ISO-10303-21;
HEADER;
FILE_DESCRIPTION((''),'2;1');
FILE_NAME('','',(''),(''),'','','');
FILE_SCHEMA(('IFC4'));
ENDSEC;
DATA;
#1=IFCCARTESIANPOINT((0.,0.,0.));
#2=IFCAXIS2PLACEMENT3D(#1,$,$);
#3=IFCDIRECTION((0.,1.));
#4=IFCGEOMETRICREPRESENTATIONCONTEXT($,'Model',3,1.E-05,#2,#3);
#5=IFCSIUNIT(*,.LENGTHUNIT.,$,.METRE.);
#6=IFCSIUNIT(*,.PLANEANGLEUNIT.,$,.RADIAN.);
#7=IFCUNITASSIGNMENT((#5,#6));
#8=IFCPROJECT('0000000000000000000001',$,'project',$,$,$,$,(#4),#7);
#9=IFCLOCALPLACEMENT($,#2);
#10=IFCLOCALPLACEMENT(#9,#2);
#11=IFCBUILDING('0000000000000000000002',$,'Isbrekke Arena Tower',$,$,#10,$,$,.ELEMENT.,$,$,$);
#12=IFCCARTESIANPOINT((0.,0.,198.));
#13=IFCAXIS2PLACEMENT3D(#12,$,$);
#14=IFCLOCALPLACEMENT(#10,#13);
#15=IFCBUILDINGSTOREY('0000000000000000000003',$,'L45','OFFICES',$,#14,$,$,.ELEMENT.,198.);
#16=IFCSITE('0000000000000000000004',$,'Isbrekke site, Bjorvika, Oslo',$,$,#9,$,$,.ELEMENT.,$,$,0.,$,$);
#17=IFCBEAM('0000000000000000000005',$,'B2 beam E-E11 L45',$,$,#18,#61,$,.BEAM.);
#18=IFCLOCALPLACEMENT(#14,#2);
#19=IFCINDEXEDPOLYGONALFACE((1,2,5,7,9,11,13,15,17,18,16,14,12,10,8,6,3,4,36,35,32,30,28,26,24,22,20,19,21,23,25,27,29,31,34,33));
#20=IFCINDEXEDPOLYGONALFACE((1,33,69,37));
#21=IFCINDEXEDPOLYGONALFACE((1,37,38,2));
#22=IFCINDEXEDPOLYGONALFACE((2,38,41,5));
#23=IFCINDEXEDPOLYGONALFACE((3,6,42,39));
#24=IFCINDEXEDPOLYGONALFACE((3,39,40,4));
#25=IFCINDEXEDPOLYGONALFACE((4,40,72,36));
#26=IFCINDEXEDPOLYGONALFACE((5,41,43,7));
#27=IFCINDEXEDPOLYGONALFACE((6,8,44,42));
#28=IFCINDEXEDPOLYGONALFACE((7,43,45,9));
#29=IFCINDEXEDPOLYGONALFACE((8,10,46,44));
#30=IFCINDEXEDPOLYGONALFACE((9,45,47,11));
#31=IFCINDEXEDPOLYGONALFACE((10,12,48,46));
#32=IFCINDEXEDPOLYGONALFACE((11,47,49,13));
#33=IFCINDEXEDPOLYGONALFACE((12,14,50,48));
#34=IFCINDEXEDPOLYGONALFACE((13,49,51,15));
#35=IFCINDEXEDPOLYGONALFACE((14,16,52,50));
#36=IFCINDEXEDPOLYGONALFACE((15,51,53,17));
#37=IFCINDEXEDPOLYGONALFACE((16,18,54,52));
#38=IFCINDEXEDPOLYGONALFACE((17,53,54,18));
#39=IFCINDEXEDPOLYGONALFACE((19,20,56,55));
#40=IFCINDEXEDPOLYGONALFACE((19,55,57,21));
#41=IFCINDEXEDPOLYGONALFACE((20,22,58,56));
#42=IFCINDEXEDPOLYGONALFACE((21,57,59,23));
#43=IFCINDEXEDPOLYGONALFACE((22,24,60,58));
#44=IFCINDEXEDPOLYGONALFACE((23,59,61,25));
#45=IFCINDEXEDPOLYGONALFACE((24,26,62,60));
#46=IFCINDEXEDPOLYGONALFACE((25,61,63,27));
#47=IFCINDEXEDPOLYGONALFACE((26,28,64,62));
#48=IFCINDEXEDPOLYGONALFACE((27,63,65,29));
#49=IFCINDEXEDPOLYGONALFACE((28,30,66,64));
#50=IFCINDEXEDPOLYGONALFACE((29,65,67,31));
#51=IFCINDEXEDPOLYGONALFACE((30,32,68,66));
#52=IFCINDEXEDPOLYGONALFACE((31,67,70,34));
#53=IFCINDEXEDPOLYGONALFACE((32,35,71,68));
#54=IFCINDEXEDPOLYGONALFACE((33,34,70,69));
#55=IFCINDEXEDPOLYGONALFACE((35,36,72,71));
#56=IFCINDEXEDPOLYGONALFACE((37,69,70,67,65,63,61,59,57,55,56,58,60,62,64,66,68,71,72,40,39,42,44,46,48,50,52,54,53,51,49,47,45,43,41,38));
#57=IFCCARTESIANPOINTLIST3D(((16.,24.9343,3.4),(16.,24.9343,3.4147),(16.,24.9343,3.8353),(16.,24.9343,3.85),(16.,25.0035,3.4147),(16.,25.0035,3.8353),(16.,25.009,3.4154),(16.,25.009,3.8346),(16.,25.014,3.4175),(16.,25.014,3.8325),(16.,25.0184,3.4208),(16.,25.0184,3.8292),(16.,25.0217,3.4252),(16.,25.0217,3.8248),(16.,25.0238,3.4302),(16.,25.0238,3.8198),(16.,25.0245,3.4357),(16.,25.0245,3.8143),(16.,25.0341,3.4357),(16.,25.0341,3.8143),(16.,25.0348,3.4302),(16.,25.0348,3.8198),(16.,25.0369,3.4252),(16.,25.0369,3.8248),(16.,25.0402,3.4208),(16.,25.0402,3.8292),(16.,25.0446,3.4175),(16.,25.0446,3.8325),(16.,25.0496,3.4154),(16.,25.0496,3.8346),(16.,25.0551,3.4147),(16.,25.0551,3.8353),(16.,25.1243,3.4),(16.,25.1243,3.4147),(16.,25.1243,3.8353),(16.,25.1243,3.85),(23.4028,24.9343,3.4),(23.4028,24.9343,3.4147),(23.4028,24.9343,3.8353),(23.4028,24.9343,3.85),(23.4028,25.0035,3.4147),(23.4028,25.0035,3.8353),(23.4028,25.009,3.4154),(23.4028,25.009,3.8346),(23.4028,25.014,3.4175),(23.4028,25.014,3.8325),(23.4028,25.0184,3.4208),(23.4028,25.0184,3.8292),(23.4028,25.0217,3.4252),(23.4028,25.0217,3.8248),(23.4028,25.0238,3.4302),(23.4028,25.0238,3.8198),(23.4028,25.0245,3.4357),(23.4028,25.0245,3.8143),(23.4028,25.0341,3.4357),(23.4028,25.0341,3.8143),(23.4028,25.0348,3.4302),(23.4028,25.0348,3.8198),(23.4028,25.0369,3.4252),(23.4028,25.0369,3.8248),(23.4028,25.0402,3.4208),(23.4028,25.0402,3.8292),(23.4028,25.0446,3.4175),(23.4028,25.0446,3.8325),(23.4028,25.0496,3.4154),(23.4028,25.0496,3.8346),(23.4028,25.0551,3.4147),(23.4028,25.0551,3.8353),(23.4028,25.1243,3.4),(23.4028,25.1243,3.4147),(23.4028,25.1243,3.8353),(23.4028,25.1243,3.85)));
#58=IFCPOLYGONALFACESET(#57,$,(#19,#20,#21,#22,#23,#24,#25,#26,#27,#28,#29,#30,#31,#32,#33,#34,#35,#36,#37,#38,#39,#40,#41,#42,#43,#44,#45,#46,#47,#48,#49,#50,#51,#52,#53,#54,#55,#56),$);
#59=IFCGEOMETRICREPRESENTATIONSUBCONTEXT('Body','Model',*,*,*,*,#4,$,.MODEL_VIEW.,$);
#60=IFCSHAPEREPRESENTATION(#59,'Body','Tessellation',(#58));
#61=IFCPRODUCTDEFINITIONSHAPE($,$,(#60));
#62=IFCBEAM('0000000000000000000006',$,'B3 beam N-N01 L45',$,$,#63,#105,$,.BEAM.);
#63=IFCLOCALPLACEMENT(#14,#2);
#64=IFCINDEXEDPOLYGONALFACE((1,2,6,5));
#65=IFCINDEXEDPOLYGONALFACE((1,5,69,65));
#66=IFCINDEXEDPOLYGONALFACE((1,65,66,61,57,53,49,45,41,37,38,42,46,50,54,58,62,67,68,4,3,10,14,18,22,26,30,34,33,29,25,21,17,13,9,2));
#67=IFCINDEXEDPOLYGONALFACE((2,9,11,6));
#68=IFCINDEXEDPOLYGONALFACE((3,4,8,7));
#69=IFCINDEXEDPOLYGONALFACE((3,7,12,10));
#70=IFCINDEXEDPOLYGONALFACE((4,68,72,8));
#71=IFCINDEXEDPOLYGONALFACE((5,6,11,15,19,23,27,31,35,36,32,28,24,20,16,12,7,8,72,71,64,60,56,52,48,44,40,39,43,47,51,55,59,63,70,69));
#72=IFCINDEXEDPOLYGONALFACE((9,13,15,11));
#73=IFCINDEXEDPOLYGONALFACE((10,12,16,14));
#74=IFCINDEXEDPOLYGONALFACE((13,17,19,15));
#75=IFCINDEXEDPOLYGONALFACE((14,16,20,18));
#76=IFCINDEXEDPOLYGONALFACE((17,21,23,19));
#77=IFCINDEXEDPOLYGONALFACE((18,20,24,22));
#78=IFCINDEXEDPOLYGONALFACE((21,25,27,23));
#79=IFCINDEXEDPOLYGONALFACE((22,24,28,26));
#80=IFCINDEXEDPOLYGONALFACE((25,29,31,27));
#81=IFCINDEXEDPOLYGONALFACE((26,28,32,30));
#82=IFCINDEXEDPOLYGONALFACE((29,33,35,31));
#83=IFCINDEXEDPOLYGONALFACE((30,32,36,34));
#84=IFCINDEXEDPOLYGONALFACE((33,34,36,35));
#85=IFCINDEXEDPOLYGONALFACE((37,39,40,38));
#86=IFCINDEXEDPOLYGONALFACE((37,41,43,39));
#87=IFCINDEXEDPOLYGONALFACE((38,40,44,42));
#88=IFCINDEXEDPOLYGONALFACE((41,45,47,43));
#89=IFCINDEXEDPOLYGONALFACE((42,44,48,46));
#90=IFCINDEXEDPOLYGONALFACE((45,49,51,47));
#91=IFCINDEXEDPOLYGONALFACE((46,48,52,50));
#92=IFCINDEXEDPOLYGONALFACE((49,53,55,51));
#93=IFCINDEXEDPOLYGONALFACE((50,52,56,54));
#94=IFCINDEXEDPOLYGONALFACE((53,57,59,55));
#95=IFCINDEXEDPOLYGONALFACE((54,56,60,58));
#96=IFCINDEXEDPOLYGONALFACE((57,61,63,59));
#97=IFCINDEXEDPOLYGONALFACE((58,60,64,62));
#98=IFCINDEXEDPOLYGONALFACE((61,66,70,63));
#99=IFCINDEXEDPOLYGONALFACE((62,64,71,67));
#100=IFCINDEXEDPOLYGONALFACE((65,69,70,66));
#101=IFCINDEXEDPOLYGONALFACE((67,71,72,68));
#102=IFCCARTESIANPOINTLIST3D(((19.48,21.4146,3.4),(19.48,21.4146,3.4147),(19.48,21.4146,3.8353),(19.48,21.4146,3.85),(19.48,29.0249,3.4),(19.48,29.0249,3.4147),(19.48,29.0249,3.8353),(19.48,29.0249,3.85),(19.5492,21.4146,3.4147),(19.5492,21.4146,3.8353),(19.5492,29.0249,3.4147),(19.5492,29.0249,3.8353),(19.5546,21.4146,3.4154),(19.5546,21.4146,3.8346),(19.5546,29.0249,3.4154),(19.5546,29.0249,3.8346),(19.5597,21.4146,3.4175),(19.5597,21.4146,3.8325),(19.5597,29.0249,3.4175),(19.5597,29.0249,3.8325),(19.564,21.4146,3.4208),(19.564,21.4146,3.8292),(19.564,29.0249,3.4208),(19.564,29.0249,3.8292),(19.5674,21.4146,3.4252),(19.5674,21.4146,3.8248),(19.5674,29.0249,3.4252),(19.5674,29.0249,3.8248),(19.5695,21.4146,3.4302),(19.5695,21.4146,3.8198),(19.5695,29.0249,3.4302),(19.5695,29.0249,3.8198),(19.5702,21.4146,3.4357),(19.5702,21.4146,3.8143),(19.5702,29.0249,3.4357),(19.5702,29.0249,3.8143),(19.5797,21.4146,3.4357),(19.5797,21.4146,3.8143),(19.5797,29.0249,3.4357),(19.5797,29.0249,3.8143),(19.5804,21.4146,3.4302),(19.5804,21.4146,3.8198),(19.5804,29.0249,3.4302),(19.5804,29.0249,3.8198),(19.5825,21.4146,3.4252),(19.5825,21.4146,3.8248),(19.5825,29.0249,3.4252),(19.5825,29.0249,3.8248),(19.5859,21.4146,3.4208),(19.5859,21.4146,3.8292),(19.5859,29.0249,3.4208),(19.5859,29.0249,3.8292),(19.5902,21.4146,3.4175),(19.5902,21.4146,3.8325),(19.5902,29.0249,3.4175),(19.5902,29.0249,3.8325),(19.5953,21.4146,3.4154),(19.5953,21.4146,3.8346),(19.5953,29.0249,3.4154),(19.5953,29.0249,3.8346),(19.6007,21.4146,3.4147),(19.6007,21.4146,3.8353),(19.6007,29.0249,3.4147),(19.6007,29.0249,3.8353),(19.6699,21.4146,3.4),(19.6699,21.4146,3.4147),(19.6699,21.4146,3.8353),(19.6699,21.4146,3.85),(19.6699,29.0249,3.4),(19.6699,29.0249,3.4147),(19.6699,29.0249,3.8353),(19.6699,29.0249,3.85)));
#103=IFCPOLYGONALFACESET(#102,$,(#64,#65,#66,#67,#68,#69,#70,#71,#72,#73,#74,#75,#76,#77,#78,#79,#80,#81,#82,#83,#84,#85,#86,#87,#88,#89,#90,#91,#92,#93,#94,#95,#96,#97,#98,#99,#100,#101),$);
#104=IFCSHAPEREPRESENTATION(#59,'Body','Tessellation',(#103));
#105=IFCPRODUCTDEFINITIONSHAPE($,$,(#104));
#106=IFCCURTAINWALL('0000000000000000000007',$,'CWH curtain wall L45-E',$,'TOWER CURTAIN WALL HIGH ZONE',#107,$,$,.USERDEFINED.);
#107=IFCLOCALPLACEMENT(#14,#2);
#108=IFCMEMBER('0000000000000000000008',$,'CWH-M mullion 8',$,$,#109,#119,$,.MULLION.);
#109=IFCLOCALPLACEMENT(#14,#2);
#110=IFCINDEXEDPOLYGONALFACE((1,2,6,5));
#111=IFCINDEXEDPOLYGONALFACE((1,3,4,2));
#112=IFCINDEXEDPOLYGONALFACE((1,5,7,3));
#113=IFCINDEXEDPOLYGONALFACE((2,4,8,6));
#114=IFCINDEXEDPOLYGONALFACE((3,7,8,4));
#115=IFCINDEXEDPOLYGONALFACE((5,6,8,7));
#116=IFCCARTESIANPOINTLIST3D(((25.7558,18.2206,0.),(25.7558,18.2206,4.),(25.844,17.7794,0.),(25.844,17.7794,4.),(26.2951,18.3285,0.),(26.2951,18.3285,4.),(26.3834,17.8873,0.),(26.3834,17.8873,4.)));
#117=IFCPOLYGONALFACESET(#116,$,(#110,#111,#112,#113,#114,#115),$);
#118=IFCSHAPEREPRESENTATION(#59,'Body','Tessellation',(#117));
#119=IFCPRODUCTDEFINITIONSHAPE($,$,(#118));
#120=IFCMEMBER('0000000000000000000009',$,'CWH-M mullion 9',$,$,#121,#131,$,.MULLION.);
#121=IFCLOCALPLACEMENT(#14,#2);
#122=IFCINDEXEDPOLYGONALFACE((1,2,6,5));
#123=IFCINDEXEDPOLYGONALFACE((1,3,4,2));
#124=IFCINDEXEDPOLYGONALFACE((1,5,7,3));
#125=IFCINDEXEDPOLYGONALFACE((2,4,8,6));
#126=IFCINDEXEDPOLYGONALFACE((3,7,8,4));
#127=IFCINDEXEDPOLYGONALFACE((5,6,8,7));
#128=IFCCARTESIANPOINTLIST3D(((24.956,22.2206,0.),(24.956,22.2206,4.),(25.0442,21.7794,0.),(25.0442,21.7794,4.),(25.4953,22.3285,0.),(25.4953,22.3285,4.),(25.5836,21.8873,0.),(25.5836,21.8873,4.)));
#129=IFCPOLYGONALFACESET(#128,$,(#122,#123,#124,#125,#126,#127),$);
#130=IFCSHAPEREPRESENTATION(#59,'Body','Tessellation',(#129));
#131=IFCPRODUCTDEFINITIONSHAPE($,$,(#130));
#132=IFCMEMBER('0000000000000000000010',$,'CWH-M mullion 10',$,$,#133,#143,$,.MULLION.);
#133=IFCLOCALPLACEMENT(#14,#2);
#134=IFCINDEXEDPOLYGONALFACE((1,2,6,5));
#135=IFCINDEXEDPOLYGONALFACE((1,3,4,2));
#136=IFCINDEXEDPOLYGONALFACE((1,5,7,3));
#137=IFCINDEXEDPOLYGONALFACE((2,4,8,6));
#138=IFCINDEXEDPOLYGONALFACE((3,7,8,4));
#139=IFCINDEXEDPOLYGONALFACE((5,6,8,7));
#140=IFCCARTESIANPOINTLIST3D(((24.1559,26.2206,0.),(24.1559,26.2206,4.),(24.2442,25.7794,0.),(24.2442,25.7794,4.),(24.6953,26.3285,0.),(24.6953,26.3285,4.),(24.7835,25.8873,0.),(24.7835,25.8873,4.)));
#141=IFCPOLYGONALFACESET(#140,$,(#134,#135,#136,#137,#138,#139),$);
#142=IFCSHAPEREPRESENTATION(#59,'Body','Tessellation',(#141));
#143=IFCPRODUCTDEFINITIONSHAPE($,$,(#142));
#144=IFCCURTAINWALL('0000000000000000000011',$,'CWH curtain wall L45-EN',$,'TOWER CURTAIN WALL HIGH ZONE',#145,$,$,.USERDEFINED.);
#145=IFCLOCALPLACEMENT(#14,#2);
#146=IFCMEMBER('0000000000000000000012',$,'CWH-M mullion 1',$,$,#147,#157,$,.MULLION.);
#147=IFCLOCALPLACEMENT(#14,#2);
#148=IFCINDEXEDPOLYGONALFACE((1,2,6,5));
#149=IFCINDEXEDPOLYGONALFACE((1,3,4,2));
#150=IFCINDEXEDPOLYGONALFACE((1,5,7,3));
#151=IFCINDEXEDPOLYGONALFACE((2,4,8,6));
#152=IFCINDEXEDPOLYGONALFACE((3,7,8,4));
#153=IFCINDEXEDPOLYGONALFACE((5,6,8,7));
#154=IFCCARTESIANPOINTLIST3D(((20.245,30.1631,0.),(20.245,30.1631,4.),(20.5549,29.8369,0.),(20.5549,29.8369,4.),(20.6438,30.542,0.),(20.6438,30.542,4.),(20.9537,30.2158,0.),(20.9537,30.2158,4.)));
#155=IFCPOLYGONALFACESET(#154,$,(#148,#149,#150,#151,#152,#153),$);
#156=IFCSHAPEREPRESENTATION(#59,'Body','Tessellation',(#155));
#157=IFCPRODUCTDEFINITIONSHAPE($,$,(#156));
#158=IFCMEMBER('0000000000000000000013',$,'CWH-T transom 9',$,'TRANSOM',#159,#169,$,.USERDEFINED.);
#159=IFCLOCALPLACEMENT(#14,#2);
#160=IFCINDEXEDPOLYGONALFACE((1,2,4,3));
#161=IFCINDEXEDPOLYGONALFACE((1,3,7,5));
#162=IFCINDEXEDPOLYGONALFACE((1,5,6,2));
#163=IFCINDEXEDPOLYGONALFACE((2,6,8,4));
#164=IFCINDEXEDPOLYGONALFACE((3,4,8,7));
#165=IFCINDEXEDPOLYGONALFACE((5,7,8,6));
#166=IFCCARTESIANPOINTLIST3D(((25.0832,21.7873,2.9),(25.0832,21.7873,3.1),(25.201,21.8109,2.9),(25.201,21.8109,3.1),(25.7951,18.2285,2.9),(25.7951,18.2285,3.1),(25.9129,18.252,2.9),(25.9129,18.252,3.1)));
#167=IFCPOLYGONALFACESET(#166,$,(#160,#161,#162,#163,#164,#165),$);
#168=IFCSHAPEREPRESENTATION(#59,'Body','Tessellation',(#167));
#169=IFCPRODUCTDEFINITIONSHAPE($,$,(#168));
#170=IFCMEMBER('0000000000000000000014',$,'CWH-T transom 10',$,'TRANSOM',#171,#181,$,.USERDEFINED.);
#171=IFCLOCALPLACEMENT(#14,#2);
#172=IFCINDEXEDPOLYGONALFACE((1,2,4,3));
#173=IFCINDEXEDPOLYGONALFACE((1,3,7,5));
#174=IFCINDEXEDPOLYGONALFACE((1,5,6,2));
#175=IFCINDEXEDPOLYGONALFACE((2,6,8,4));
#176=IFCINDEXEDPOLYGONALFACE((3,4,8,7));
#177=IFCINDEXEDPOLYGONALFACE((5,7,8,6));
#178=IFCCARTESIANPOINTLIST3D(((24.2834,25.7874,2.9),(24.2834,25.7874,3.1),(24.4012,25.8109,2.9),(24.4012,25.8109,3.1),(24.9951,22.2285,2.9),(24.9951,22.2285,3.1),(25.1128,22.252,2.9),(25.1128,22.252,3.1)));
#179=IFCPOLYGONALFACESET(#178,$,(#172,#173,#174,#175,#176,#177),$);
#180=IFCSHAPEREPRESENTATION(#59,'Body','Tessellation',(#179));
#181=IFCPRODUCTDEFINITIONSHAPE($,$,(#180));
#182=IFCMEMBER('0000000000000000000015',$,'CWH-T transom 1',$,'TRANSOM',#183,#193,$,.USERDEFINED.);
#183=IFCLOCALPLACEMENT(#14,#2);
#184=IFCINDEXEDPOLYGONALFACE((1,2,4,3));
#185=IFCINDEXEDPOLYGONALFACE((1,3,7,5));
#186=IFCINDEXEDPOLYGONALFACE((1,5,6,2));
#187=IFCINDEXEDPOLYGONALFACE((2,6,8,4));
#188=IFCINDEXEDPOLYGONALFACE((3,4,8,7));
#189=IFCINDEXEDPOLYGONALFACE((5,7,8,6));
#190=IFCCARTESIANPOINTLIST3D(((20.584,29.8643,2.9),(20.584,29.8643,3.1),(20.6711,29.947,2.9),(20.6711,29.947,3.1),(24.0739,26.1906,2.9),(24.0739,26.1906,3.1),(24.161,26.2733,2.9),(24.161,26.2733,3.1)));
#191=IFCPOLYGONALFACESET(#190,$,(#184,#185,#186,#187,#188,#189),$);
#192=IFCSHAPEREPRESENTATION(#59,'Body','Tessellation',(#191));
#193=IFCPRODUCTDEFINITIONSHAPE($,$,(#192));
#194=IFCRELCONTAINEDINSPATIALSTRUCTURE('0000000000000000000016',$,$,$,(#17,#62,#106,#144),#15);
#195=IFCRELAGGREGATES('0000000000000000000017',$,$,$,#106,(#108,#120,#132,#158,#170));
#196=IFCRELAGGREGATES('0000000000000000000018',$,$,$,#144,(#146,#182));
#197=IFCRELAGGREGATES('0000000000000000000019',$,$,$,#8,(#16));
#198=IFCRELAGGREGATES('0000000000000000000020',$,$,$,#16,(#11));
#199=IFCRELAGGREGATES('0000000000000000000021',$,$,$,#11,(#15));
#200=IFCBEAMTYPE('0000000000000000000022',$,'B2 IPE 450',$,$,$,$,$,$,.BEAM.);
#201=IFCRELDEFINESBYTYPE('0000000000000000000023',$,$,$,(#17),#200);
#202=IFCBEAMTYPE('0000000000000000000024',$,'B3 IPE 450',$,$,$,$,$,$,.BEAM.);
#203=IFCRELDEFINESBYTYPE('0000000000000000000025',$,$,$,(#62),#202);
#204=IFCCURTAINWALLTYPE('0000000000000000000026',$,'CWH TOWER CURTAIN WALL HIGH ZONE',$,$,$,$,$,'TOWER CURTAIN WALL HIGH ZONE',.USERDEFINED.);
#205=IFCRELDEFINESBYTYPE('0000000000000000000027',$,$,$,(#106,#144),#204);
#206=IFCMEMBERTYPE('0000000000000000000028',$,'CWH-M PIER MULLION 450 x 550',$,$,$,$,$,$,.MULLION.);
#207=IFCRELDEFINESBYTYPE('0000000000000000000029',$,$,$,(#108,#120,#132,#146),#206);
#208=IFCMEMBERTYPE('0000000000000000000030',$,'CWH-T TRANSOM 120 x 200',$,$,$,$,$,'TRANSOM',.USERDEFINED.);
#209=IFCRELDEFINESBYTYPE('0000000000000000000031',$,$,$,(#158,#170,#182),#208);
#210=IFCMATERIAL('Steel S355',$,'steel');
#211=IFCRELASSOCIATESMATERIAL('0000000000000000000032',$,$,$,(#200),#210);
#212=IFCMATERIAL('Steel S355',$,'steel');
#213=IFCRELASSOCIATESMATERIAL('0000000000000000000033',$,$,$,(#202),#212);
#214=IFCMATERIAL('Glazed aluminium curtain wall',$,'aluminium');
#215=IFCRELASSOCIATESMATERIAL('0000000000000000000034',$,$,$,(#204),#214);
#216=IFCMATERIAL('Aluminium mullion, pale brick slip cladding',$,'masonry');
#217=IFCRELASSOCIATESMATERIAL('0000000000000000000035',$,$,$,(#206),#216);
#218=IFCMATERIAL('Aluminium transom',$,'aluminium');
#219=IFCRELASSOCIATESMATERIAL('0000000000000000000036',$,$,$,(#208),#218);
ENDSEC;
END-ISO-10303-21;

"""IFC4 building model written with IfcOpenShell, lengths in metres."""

from ifc_helpers import new_model, si_unit, direction, frame, origin, origin_2d, place, context, subcontext, project, spatial, rectangle, i_section, extrude, material, material_profile, profile_set, type_object, element, aggregate, save


model = new_model("IFC4")

# Units and contexts
model_context = context("Model", 3, precision=1e-05, world=origin(), true_north=direction((0.0, 1.0)))
body_context = subcontext(model_context, "Body", "Model", "MODEL_VIEW")
ifc_project = project(units=[si_unit("LENGTHUNIT", "METRE"), si_unit("PLANEANGLEUNIT", "RADIAN")], contexts=[model_context])

# Site, building, storey
site_placement = place(None, origin())
site = spatial("IfcSite", under=ifc_project, at=site_placement, Name="Isbrekke site, Bjorvika, Oslo", CompositionType="ELEMENT", RefElevation=0.0)
building_placement = place(site_placement, origin())
building = spatial("IfcBuilding", under=site, at=building_placement, Name="Isbrekke Arena Tower", CompositionType="ELEMENT")
storey_placement = place(building_placement, frame((0.0, 0.0, 198.0)))
storey = spatial("IfcBuildingStorey", under=building, at=storey_placement, Name="L45", Description="OFFICES", CompositionType="ELEMENT", Elevation=198.0)

# Beams
ifc_material_1 = material(Name="Steel S355", Category="steel")
ifc_material_profile_1 = material_profile(ifc_material_1, i_section(OverallWidth=0.1899, OverallDepth=0.45, WebThickness=0.0095, FlangeThickness=0.0146, FilletRadius=0.021, at=origin_2d()), Name="IPE 450")
ifc_profile_set_1 = profile_set([ifc_material_profile_1], Name="Steel S355")
beam_type_1 = type_object("IfcBeamType", Name="B2 IPE 450", PredefinedType="BEAM", material=ifc_profile_set_1)
beam_1_placement = place(storey_placement, frame((23.4028, 25.0293, 3.625), z_axis=(-1.0, 0.0, 0.0), x_axis=(0.0, -1.0, 0.0)))
element("IfcBeam", 1, at=beam_1_placement, inside=storey, type_object=beam_type_1, Name="B2 beam E-E11 L45", PredefinedType="BEAM", context=body_context, shape_type="SweptSolid", body=[
    extrude(i_section(OverallWidth=0.1899, OverallDepth=0.45, WebThickness=0.0095, FlangeThickness=0.0146, FilletRadius=0.021, at=origin_2d()), origin(), (0.0, 0.0, 1.0), 7.4028),
])
ifc_material_2 = material(Name="Steel S355", Category="steel")
ifc_material_profile_2 = material_profile(ifc_material_2, i_section(OverallWidth=0.1899, OverallDepth=0.45, WebThickness=0.0095, FlangeThickness=0.0146, FilletRadius=0.021, at=origin_2d()), Name="IPE 450")
ifc_profile_set_2 = profile_set([ifc_material_profile_2], Name="Steel S355")
beam_type_2 = type_object("IfcBeamType", Name="B3 IPE 450", PredefinedType="BEAM", material=ifc_profile_set_2)
beam_2_placement = place(storey_placement, frame((19.575, 29.0249, 3.625), z_axis=(0.0, -1.0, 0.0), x_axis=(1.0, 0.0, 0.0)))
element("IfcBeam", 2, at=beam_2_placement, inside=storey, type_object=beam_type_2, Name="B3 beam N-N01 L45", PredefinedType="BEAM", context=body_context, shape_type="SweptSolid", body=[
    extrude(i_section(OverallWidth=0.1899, OverallDepth=0.45, WebThickness=0.0095, FlangeThickness=0.0146, FilletRadius=0.021, at=origin_2d()), origin(), (0.0, 0.0, 1.0), 7.6104),
])

# Curtain wall, members
ifc_material_3 = material(Name="Glazed aluminium curtain wall", Category="aluminium")
curtain_wall_type = type_object("IfcCurtainWallType", Name="CWH TOWER CURTAIN WALL HIGH ZONE", ElementType="TOWER CURTAIN WALL HIGH ZONE", PredefinedType="USERDEFINED", material=ifc_material_3)
curtain_wall_1_placement = place(storey_placement, origin())
curtain_wall_1 = element("IfcCurtainWall", 3, at=curtain_wall_1_placement, inside=storey, type_object=curtain_wall_type, Name="CWH curtain wall L45-E", ObjectType="TOWER CURTAIN WALL HIGH ZONE", PredefinedType="USERDEFINED")
ifc_material_4 = material(Name="Aluminium mullion, pale brick slip cladding", Category="masonry")
ifc_material_profile_3 = material_profile(ifc_material_4, rectangle(XDim=0.45, YDim=0.55, at=origin_2d()), Name="PIER 450X550")
ifc_profile_set_3 = profile_set([ifc_material_profile_3], Name="Aluminium mullion, pale brick slip cladding")
member_type_1 = type_object("IfcMemberType", Name="CWH-M PIER MULLION 450 x 550", PredefinedType="MULLION", material=ifc_profile_set_3)
member_1_placement = place(storey_placement, frame((26.0696, 18.054, 0.0), z_axis=(0.0, 0.0, 1.0), x_axis=(-0.196116, 0.980581, 0.0)))
member_1 = element("IfcMember", 4, at=member_1_placement, type_object=member_type_1, Name="CWH-M mullion 8", PredefinedType="MULLION", context=body_context, shape_type="SweptSolid", body=[
    extrude(rectangle(XDim=0.45, YDim=0.55, at=origin_2d()), origin(), (0.0, 0.0, 1.0), 4.0),
])
member_2_placement = place(storey_placement, frame((25.2698, 22.054, 0.0), z_axis=(0.0, 0.0, 1.0), x_axis=(-0.196116, 0.980581, 0.0)))
member_2 = element("IfcMember", 5, at=member_2_placement, type_object=member_type_1, Name="CWH-M mullion 9", PredefinedType="MULLION", context=body_context, shape_type="SweptSolid", body=[
    extrude(rectangle(XDim=0.45, YDim=0.55, at=origin_2d()), origin(), (0.0, 0.0, 1.0), 4.0),
])
member_3_placement = place(storey_placement, frame((24.4697, 26.054, 0.0), z_axis=(0.0, 0.0, 1.0), x_axis=(-0.196116, 0.980581, 0.0)))
member_3 = element("IfcMember", 6, at=member_3_placement, type_object=member_type_1, Name="CWH-M mullion 10", PredefinedType="MULLION", context=body_context, shape_type="SweptSolid", body=[
    extrude(rectangle(XDim=0.45, YDim=0.55, at=origin_2d()), origin(), (0.0, 0.0, 1.0), 4.0),
])

# Curtain wall, member
curtain_wall_2_placement = place(storey_placement, origin())
curtain_wall_2 = element("IfcCurtainWall", 7, at=curtain_wall_2_placement, inside=storey, type_object=curtain_wall_type, Name="CWH curtain wall L45-EN", ObjectType="TOWER CURTAIN WALL HIGH ZONE", PredefinedType="USERDEFINED")
member_4_placement = place(storey_placement, frame((20.5994, 30.1895, 0.0), z_axis=(0.0, 0.0, 1.0), x_axis=(-0.688749, 0.724999, 0.0)))
member_4 = element("IfcMember", 8, at=member_4_placement, type_object=member_type_1, Name="CWH-M mullion 1", PredefinedType="MULLION", context=body_context, shape_type="SweptSolid", body=[
    extrude(rectangle(XDim=0.45, YDim=0.55, at=origin_2d()), origin(), (0.0, 0.0, 1.0), 4.0),
])

# Members
ifc_material_5 = material(Name="Aluminium transom", Category="aluminium")
ifc_material_profile_4 = material_profile(ifc_material_5, rectangle(XDim=0.1201, YDim=0.2, at=origin_2d()), Name="TRANSOM 120X200")
ifc_profile_set_4 = profile_set([ifc_material_profile_4], Name="Aluminium transom")
member_type_2 = type_object("IfcMemberType", Name="CWH-T TRANSOM 120 x 200", ElementType="TRANSOM", PredefinedType="USERDEFINED", material=ifc_profile_set_4)
member_5_placement = place(storey_placement, frame((25.854, 18.2402, 3.0), z_axis=(-0.196155, 0.980573, 0.0), x_axis=(-0.980573, -0.196155, 0.0)))
member_5 = element("IfcMember", 9, at=member_5_placement, type_object=member_type_2, Name="CWH-T transom 9", ObjectType="TRANSOM", PredefinedType="USERDEFINED", context=body_context, shape_type="SweptSolid", body=[
    extrude(rectangle(XDim=0.1201, YDim=0.2, at=origin_2d()), origin(), (0.0, 0.0, 1.0), 3.6294),
])
member_6_placement = place(storey_placement, frame((25.054, 22.2402, 3.0), z_axis=(-0.19609, 0.980586, 0.0), x_axis=(-0.980586, -0.19609, 0.0)))
member_6 = element("IfcMember", 10, at=member_6_placement, type_object=member_type_2, Name="CWH-T transom 10", ObjectType="TRANSOM", PredefinedType="USERDEFINED", context=body_context, shape_type="SweptSolid", body=[
    extrude(rectangle(XDim=0.1201, YDim=0.2, at=origin_2d()), origin(), (0.0, 0.0, 1.0), 3.6294),
])
member_7_placement = place(storey_placement, frame((24.1174, 26.2319, 3.0), z_axis=(-0.688734, 0.725014, 0.0), x_axis=(-0.725014, -0.688734, 0.0)))
member_7 = element("IfcMember", 11, at=member_7_placement, type_object=member_type_2, Name="CWH-T transom 1", ObjectType="TRANSOM", PredefinedType="USERDEFINED", context=body_context, shape_type="SweptSolid", body=[
    extrude(rectangle(XDim=0.1201, YDim=0.2, at=origin_2d()), origin(), (0.0, 0.0, 1.0), 5.0671),
])

aggregate(curtain_wall_1, [member_1, member_2, member_3, member_5, member_6])
aggregate(curtain_wall_2, [member_4, member_7])

save(model, "model.ifc")
